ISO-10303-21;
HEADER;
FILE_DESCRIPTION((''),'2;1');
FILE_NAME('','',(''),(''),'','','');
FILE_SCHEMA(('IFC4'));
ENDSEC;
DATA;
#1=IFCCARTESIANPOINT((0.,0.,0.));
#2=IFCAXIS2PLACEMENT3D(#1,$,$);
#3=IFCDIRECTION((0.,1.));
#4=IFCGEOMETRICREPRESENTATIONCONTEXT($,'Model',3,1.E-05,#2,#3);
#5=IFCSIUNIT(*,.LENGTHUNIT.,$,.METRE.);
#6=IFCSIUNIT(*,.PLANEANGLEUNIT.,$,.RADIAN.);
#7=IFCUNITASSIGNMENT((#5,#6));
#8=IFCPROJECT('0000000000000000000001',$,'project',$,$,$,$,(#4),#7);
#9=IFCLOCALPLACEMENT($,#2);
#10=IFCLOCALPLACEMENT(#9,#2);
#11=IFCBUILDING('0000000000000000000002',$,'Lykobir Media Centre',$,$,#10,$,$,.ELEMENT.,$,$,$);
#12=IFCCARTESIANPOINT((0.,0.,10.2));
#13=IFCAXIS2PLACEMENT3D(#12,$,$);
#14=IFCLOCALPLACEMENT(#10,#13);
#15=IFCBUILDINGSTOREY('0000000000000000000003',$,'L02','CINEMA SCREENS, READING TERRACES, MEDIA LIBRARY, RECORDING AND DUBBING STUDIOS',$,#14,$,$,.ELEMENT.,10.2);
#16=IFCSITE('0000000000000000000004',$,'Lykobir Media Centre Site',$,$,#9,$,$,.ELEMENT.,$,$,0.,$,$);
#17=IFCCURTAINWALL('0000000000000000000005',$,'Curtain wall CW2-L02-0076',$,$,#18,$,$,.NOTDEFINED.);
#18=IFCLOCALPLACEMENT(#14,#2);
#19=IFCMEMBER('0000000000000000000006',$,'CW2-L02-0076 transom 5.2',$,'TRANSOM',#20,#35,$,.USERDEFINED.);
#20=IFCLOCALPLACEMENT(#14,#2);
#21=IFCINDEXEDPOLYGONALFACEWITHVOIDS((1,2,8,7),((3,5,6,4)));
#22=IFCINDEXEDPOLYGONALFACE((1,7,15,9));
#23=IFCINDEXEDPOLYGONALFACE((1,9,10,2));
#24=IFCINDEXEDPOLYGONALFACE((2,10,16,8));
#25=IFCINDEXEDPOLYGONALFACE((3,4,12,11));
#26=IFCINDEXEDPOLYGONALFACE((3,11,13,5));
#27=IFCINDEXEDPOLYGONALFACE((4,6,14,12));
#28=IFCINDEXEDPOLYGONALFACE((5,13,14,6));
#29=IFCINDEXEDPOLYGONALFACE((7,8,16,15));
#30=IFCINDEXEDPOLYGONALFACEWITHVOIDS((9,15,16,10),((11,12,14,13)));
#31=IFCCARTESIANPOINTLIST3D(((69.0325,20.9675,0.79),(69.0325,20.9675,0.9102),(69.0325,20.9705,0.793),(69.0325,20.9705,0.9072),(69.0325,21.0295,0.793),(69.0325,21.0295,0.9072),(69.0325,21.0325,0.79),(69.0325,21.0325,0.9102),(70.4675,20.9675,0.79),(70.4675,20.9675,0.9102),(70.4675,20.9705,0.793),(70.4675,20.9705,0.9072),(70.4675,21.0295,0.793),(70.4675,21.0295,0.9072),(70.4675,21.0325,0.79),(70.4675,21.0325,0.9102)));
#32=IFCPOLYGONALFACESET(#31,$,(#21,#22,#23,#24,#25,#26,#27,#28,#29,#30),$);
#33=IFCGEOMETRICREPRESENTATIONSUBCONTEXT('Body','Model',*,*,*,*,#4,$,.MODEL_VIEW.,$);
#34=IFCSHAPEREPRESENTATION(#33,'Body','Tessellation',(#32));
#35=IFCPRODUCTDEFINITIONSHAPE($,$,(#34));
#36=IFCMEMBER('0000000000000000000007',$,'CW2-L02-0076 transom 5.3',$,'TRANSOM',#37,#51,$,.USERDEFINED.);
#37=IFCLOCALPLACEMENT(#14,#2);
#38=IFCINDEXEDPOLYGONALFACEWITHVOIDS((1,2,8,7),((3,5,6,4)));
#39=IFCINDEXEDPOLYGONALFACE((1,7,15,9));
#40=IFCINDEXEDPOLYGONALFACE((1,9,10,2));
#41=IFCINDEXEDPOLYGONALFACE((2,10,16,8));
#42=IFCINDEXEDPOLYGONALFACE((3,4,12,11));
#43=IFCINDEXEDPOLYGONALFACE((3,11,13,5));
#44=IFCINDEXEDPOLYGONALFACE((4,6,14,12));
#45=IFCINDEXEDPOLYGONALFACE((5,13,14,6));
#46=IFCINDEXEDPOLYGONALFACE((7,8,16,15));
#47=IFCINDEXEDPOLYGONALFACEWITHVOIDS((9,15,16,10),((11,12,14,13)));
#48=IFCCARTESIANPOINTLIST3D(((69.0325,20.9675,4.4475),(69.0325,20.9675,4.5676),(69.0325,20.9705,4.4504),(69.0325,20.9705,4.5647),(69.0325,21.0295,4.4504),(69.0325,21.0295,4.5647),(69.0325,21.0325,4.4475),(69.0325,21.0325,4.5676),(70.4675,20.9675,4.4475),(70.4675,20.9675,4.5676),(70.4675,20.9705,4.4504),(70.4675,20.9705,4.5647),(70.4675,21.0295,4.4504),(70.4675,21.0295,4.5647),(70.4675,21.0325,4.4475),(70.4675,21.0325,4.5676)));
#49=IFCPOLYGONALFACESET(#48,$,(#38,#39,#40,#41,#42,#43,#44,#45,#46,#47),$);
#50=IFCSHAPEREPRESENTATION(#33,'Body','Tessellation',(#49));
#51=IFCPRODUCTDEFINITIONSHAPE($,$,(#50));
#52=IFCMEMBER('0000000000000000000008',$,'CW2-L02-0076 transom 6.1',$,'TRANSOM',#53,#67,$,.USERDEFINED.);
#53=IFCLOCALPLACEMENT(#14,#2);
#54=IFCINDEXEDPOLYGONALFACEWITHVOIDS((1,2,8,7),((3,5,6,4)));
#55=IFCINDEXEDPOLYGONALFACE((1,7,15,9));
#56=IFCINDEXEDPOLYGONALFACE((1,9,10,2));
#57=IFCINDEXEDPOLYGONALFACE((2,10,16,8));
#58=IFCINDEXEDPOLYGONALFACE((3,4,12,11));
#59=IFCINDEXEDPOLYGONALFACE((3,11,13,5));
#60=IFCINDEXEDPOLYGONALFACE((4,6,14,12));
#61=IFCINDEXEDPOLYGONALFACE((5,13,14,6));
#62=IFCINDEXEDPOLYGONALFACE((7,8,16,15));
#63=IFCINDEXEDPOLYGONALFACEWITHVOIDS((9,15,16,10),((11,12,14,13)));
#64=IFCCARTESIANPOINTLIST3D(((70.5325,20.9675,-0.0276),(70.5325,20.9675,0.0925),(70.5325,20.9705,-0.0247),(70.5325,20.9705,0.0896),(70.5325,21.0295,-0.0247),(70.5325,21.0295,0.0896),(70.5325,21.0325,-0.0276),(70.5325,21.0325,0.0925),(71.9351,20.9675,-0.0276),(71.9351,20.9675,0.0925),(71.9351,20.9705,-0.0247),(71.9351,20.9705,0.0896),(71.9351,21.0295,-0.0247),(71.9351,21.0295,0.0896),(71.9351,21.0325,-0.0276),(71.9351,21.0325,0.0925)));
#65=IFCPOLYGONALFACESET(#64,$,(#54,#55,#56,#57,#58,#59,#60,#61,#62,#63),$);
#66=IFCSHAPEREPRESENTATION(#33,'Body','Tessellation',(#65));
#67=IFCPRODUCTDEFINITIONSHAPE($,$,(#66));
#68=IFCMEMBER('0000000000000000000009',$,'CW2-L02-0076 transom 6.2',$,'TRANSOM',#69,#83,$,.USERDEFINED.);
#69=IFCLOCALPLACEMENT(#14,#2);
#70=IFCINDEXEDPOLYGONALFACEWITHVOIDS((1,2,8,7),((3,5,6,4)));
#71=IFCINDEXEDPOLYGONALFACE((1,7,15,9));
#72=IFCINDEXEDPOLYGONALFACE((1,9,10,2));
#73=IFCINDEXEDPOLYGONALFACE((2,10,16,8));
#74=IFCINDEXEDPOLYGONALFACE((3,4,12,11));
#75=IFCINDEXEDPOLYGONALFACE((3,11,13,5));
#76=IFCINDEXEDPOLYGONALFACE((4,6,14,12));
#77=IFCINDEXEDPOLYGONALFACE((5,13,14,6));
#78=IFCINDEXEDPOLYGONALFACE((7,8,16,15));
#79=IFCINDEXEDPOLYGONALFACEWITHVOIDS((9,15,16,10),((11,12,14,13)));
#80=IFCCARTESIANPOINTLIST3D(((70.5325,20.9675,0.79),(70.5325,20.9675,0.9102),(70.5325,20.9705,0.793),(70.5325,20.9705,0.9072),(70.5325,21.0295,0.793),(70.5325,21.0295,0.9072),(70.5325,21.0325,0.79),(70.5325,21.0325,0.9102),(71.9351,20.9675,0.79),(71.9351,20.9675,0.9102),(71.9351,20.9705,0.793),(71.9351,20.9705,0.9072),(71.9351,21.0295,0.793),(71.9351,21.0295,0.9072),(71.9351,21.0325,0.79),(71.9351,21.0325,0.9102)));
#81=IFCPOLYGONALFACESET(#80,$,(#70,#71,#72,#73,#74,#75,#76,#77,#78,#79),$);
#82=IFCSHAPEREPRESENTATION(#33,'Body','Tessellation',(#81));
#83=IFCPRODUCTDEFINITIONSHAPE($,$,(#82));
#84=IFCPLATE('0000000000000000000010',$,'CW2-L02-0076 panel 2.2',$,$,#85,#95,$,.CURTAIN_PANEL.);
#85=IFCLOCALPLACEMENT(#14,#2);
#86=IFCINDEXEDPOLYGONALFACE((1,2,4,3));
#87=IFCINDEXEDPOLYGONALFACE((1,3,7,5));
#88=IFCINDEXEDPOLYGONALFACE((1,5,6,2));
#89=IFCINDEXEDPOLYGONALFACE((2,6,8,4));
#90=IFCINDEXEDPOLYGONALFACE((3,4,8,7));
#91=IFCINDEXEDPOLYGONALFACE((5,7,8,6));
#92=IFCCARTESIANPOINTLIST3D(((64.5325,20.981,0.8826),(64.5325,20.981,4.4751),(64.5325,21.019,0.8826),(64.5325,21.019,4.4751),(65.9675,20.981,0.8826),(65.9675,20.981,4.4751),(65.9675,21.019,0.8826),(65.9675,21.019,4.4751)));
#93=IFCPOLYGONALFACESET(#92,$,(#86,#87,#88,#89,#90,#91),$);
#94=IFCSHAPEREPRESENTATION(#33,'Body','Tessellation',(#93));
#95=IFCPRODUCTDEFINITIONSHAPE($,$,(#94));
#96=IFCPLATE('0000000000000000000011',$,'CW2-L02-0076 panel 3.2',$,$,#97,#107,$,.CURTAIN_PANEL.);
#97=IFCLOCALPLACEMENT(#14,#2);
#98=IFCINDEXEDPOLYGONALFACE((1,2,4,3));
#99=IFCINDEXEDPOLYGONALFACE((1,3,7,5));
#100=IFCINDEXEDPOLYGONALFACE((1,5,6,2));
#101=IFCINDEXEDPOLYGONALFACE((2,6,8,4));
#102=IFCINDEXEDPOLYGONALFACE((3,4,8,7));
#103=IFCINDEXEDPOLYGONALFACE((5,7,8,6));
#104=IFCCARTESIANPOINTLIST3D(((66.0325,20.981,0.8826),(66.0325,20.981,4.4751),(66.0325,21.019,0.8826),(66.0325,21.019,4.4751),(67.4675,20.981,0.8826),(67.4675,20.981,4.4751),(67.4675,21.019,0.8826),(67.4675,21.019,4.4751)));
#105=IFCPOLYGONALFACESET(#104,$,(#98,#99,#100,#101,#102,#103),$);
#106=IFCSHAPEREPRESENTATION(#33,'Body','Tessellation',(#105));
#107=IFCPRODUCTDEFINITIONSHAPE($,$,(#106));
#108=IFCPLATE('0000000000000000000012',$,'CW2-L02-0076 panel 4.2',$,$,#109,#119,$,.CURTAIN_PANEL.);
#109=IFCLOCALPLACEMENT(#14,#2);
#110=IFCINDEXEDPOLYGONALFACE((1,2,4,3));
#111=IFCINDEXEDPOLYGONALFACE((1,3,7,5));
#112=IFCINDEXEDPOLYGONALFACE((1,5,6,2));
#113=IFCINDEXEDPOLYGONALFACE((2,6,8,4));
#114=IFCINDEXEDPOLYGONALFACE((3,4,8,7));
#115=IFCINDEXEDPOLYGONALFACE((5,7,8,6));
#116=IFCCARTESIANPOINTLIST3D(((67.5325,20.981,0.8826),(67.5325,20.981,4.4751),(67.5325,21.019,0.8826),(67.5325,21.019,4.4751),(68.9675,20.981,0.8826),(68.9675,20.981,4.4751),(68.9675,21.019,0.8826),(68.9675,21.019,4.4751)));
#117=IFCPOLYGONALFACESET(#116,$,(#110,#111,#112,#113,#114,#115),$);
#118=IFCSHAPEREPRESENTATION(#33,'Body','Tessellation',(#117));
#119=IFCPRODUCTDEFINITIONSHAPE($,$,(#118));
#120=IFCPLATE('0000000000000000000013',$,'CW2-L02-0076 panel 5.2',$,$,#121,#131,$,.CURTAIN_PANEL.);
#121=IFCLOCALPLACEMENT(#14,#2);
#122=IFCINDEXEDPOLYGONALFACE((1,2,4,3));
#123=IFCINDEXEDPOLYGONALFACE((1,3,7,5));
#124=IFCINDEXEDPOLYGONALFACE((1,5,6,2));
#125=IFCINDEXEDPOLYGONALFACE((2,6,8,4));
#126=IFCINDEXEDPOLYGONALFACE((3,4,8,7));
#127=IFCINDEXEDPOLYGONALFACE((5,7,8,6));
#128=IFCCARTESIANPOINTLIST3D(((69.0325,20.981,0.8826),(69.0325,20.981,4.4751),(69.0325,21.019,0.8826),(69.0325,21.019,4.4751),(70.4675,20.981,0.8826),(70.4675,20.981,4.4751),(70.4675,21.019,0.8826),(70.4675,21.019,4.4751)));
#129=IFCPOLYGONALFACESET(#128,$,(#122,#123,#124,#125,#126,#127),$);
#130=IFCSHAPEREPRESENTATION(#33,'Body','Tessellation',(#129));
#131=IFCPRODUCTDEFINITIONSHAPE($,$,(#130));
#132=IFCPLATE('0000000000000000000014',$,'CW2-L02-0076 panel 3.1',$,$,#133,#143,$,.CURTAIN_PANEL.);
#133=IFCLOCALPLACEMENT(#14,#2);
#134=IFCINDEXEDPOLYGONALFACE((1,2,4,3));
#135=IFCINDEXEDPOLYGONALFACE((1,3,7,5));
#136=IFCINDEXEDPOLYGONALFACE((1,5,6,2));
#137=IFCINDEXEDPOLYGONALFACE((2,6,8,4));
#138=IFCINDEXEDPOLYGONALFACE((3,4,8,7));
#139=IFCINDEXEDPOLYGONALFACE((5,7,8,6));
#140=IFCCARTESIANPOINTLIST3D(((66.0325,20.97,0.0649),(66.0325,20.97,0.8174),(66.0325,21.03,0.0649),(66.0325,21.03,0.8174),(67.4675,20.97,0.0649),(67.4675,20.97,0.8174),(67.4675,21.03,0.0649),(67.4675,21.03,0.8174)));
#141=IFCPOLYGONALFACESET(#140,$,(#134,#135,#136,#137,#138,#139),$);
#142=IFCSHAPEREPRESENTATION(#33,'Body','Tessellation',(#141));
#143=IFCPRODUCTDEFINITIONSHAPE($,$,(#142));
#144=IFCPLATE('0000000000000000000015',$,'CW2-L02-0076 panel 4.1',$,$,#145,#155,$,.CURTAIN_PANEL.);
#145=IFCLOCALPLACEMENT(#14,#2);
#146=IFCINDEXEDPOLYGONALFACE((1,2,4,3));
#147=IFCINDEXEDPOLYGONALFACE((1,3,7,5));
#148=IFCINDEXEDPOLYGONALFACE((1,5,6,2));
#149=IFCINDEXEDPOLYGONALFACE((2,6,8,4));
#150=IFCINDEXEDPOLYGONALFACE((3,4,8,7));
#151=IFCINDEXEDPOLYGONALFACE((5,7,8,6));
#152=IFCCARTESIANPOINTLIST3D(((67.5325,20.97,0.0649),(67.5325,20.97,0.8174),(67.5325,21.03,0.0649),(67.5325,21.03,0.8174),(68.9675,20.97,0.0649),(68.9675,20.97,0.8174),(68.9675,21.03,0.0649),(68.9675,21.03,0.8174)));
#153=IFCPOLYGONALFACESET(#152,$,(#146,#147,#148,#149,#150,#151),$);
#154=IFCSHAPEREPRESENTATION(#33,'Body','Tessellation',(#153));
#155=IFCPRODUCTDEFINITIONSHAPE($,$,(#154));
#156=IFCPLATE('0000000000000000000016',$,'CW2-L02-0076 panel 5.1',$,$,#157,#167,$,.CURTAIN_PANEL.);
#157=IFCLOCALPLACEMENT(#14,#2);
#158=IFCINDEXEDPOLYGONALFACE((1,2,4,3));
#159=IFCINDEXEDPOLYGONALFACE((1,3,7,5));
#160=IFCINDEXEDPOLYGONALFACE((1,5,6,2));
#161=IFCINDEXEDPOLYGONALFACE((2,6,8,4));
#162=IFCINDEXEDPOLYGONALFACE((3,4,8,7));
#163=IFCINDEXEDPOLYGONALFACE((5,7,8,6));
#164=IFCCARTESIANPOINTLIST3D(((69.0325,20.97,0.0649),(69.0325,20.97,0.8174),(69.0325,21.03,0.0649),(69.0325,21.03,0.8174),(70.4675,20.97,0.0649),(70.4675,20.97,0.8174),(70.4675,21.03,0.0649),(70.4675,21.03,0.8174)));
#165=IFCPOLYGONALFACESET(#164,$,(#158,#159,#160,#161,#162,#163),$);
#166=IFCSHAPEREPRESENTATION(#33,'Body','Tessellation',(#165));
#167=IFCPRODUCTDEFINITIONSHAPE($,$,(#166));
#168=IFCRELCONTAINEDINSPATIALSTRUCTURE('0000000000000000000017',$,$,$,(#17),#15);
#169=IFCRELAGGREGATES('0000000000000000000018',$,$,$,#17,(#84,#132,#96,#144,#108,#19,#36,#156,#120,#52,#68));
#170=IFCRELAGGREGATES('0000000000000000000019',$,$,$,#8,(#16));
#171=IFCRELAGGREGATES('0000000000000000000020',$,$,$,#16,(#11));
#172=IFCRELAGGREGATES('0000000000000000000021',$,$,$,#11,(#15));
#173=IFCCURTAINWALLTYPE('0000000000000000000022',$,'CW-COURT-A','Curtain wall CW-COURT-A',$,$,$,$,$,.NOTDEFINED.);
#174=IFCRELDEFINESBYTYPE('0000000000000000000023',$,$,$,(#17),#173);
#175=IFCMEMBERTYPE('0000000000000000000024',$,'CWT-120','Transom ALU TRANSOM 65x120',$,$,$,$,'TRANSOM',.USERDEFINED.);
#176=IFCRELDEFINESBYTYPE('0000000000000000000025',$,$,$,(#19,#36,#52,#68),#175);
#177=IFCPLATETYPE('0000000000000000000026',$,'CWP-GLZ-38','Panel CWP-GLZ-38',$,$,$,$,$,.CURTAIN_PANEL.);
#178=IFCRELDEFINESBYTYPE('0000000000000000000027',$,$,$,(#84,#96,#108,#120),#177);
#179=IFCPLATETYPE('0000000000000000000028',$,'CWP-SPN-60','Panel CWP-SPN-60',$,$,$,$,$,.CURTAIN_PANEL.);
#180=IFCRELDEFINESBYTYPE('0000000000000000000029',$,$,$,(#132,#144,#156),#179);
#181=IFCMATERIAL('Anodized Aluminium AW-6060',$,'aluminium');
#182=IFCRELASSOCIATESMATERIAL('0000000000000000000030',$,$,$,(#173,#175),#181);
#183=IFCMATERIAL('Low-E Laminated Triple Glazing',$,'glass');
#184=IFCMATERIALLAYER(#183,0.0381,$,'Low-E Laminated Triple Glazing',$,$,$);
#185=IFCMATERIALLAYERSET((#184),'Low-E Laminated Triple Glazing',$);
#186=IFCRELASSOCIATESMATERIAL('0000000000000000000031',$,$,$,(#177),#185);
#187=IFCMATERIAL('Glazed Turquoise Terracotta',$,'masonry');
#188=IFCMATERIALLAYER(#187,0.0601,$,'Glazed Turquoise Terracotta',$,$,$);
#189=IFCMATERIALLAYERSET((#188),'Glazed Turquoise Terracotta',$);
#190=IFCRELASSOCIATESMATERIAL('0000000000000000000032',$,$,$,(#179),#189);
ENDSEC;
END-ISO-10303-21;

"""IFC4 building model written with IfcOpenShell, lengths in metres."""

from ifc_helpers import new_model, si_unit, direction, frame, origin, origin_2d, place, context, subcontext, project, spatial, rectangle, hollow_rectangle, extrude, material, layer, layer_set, material_profile, profile_set, type_object, element, aggregate, save


model = new_model("IFC4")

# Units and contexts
model_context = context("Model", 3, precision=1e-05, world=origin(), true_north=direction((0.0, 1.0)))
body_context = subcontext(model_context, "Body", "Model", "MODEL_VIEW")
ifc_project = project(units=[si_unit("LENGTHUNIT", "METRE"), si_unit("PLANEANGLEUNIT", "RADIAN")], contexts=[model_context])

# Site, building, storey
site_placement = place(None, origin())
site = spatial("IfcSite", under=ifc_project, at=site_placement, Name="Lykobir Media Centre Site", CompositionType="ELEMENT", RefElevation=0.0)
building_placement = place(site_placement, origin())
building = spatial("IfcBuilding", under=site, at=building_placement, Name="Lykobir Media Centre", CompositionType="ELEMENT")
storey_placement = place(building_placement, frame((0.0, 0.0, 10.2)))
storey = spatial("IfcBuildingStorey", under=building, at=storey_placement, Name="L02", Description="CINEMA SCREENS, READING TERRACES, MEDIA LIBRARY, RECORDING AND DUBBING STUDIOS", CompositionType="ELEMENT", Elevation=10.2)

# Curtain wall, members, plates
ifc_material_1 = material(Name="Anodized Aluminium AW-6060", Category="aluminium")
curtain_wall_type = type_object("IfcCurtainWallType", Name="CW-COURT-A", Description="Curtain wall CW-COURT-A", PredefinedType="NOTDEFINED", material=ifc_material_1)
curtain_wall_placement = place(storey_placement, origin())
curtain_wall = element("IfcCurtainWall", 1, at=curtain_wall_placement, inside=storey, type_object=curtain_wall_type, Name="Curtain wall CW2-L02-0076", PredefinedType="NOTDEFINED")
ifc_material_profile_1 = material_profile(ifc_material_1, hollow_rectangle(XDim=0.0649, YDim=0.1201, WallThickness=0.0029, at=origin_2d()), Name="ALU TRANSOM 65x120")
ifc_profile_set_1 = profile_set([ifc_material_profile_1], Name="Anodized Aluminium AW-6060")
member_type_1 = type_object("IfcMemberType", Name="CWT-120", Description="Transom ALU TRANSOM 65x120", ElementType="TRANSOM", PredefinedType="USERDEFINED", material=ifc_profile_set_1)
member_1_placement = place(storey_placement, frame((69.0325, 21.0, 0.8501), z_axis=(1.0, 0.0, 0.0), x_axis=(0.0, 1.0, 0.0)))
member_1 = element("IfcMember", 2, at=member_1_placement, type_object=member_type_1, Name="CW2-L02-0076 transom 5.2", ObjectType="TRANSOM", PredefinedType="USERDEFINED", context=body_context, shape_type="SweptSolid", body=[
    extrude(hollow_rectangle(XDim=0.0649, YDim=0.1201, WallThickness=0.0029, at=origin_2d()), origin(), (0.0, 0.0, 1.0), 1.4351),
])
member_2_placement = place(storey_placement, frame((69.0325, 21.0, 4.5076), z_axis=(1.0, 0.0, 0.0), x_axis=(0.0, 1.0, 0.0)))
member_2 = element("IfcMember", 3, at=member_2_placement, type_object=member_type_1, Name="CW2-L02-0076 transom 5.3", ObjectType="TRANSOM", PredefinedType="USERDEFINED", context=body_context, shape_type="SweptSolid", body=[
    extrude(hollow_rectangle(XDim=0.0649, YDim=0.1201, WallThickness=0.0029, at=origin_2d()), origin(), (0.0, 0.0, 1.0), 1.4351),
])
member_3_placement = place(storey_placement, frame((70.5325, 21.0, 0.0325), z_axis=(1.0, 0.0, 0.0), x_axis=(0.0, 1.0, 0.0)))
member_3 = element("IfcMember", 4, at=member_3_placement, type_object=member_type_1, Name="CW2-L02-0076 transom 6.1", ObjectType="TRANSOM", PredefinedType="USERDEFINED", context=body_context, shape_type="SweptSolid", body=[
    extrude(hollow_rectangle(XDim=0.0649, YDim=0.1201, WallThickness=0.0029, at=origin_2d()), origin(), (0.0, 0.0, 1.0), 1.4026),
])
member_4_placement = place(storey_placement, frame((70.5325, 21.0, 0.8501), z_axis=(1.0, 0.0, 0.0), x_axis=(0.0, 1.0, 0.0)))
member_4 = element("IfcMember", 5, at=member_4_placement, type_object=member_type_1, Name="CW2-L02-0076 transom 6.2", ObjectType="TRANSOM", PredefinedType="USERDEFINED", context=body_context, shape_type="SweptSolid", body=[
    extrude(hollow_rectangle(XDim=0.0649, YDim=0.1201, WallThickness=0.0029, at=origin_2d()), origin(), (0.0, 0.0, 1.0), 1.4026),
])
ifc_material_2 = material(Name="Low-E Laminated Triple Glazing", Category="glass")
ifc_layer_1 = layer(ifc_material_2, 0.0381, Name="Low-E Laminated Triple Glazing")
ifc_layer_set_1 = layer_set([ifc_layer_1], Name="Low-E Laminated Triple Glazing")
plate_type_1 = type_object("IfcPlateType", Name="CWP-GLZ-38", Description="Panel CWP-GLZ-38", PredefinedType="CURTAIN_PANEL", material=ifc_layer_set_1)
plate_1_placement = place(storey_placement, frame((65.25, 21.0, 0.8826), z_axis=(0.0, 0.0, 1.0), x_axis=(1.0, 0.0, 0.0)))
plate_1 = element("IfcPlate", 6, at=plate_1_placement, type_object=plate_type_1, Name="CW2-L02-0076 panel 2.2", PredefinedType="CURTAIN_PANEL", context=body_context, shape_type="SweptSolid", body=[
    extrude(rectangle(XDim=1.4351, YDim=0.0381, at=origin_2d()), origin(), (0.0, 0.0, 1.0), 3.5925),
])
plate_2_placement = place(storey_placement, frame((66.75, 21.0, 0.8826), z_axis=(0.0, 0.0, 1.0), x_axis=(1.0, 0.0, 0.0)))
plate_2 = element("IfcPlate", 7, at=plate_2_placement, type_object=plate_type_1, Name="CW2-L02-0076 panel 3.2", PredefinedType="CURTAIN_PANEL", context=body_context, shape_type="SweptSolid", body=[
    extrude(rectangle(XDim=1.4351, YDim=0.0381, at=origin_2d()), origin(), (0.0, 0.0, 1.0), 3.5925),
])
plate_3_placement = place(storey_placement, frame((68.25, 21.0, 0.8826), z_axis=(0.0, 0.0, 1.0), x_axis=(1.0, 0.0, 0.0)))
plate_3 = element("IfcPlate", 8, at=plate_3_placement, type_object=plate_type_1, Name="CW2-L02-0076 panel 4.2", PredefinedType="CURTAIN_PANEL", context=body_context, shape_type="SweptSolid", body=[
    extrude(rectangle(XDim=1.4351, YDim=0.0381, at=origin_2d()), origin(), (0.0, 0.0, 1.0), 3.5925),
])
plate_4_placement = place(storey_placement, frame((69.75, 21.0, 0.8826), z_axis=(0.0, 0.0, 1.0), x_axis=(1.0, 0.0, 0.0)))
plate_4 = element("IfcPlate", 9, at=plate_4_placement, type_object=plate_type_1, Name="CW2-L02-0076 panel 5.2", PredefinedType="CURTAIN_PANEL", context=body_context, shape_type="SweptSolid", body=[
    extrude(rectangle(XDim=1.4351, YDim=0.0381, at=origin_2d()), origin(), (0.0, 0.0, 1.0), 3.5925),
])
ifc_material_3 = material(Name="Glazed Turquoise Terracotta", Category="masonry")
ifc_layer_2 = layer(ifc_material_3, 0.0601, Name="Glazed Turquoise Terracotta")
ifc_layer_set_2 = layer_set([ifc_layer_2], Name="Glazed Turquoise Terracotta")
plate_type_2 = type_object("IfcPlateType", Name="CWP-SPN-60", Description="Panel CWP-SPN-60", PredefinedType="CURTAIN_PANEL", material=ifc_layer_set_2)
plate_5_placement = place(storey_placement, frame((66.75, 21.0, 0.0649), z_axis=(0.0, 0.0, 1.0), x_axis=(1.0, 0.0, 0.0)))
plate_5 = element("IfcPlate", 10, at=plate_5_placement, type_object=plate_type_2, Name="CW2-L02-0076 panel 3.1", PredefinedType="CURTAIN_PANEL", context=body_context, shape_type="SweptSolid", body=[
    extrude(rectangle(XDim=1.4351, YDim=0.0601, at=origin_2d()), origin(), (0.0, 0.0, 1.0), 0.7524),
])
plate_6_placement = place(storey_placement, frame((68.25, 21.0, 0.0649), z_axis=(0.0, 0.0, 1.0), x_axis=(1.0, 0.0, 0.0)))
plate_6 = element("IfcPlate", 11, at=plate_6_placement, type_object=plate_type_2, Name="CW2-L02-0076 panel 4.1", PredefinedType="CURTAIN_PANEL", context=body_context, shape_type="SweptSolid", body=[
    extrude(rectangle(XDim=1.4351, YDim=0.0601, at=origin_2d()), origin(), (0.0, 0.0, 1.0), 0.7524),
])
plate_7_placement = place(storey_placement, frame((69.75, 21.0, 0.0649), z_axis=(0.0, 0.0, 1.0), x_axis=(1.0, 0.0, 0.0)))
plate_7 = element("IfcPlate", 12, at=plate_7_placement, type_object=plate_type_2, Name="CW2-L02-0076 panel 5.1", PredefinedType="CURTAIN_PANEL", context=body_context, shape_type="SweptSolid", body=[
    extrude(rectangle(XDim=1.4351, YDim=0.0601, at=origin_2d()), origin(), (0.0, 0.0, 1.0), 0.7524),
])
aggregate(curtain_wall, [plate_1, plate_5, plate_2, plate_6, plate_3, member_1, member_2, plate_7, plate_4, member_3, member_4])

save(model, "model.ifc")
